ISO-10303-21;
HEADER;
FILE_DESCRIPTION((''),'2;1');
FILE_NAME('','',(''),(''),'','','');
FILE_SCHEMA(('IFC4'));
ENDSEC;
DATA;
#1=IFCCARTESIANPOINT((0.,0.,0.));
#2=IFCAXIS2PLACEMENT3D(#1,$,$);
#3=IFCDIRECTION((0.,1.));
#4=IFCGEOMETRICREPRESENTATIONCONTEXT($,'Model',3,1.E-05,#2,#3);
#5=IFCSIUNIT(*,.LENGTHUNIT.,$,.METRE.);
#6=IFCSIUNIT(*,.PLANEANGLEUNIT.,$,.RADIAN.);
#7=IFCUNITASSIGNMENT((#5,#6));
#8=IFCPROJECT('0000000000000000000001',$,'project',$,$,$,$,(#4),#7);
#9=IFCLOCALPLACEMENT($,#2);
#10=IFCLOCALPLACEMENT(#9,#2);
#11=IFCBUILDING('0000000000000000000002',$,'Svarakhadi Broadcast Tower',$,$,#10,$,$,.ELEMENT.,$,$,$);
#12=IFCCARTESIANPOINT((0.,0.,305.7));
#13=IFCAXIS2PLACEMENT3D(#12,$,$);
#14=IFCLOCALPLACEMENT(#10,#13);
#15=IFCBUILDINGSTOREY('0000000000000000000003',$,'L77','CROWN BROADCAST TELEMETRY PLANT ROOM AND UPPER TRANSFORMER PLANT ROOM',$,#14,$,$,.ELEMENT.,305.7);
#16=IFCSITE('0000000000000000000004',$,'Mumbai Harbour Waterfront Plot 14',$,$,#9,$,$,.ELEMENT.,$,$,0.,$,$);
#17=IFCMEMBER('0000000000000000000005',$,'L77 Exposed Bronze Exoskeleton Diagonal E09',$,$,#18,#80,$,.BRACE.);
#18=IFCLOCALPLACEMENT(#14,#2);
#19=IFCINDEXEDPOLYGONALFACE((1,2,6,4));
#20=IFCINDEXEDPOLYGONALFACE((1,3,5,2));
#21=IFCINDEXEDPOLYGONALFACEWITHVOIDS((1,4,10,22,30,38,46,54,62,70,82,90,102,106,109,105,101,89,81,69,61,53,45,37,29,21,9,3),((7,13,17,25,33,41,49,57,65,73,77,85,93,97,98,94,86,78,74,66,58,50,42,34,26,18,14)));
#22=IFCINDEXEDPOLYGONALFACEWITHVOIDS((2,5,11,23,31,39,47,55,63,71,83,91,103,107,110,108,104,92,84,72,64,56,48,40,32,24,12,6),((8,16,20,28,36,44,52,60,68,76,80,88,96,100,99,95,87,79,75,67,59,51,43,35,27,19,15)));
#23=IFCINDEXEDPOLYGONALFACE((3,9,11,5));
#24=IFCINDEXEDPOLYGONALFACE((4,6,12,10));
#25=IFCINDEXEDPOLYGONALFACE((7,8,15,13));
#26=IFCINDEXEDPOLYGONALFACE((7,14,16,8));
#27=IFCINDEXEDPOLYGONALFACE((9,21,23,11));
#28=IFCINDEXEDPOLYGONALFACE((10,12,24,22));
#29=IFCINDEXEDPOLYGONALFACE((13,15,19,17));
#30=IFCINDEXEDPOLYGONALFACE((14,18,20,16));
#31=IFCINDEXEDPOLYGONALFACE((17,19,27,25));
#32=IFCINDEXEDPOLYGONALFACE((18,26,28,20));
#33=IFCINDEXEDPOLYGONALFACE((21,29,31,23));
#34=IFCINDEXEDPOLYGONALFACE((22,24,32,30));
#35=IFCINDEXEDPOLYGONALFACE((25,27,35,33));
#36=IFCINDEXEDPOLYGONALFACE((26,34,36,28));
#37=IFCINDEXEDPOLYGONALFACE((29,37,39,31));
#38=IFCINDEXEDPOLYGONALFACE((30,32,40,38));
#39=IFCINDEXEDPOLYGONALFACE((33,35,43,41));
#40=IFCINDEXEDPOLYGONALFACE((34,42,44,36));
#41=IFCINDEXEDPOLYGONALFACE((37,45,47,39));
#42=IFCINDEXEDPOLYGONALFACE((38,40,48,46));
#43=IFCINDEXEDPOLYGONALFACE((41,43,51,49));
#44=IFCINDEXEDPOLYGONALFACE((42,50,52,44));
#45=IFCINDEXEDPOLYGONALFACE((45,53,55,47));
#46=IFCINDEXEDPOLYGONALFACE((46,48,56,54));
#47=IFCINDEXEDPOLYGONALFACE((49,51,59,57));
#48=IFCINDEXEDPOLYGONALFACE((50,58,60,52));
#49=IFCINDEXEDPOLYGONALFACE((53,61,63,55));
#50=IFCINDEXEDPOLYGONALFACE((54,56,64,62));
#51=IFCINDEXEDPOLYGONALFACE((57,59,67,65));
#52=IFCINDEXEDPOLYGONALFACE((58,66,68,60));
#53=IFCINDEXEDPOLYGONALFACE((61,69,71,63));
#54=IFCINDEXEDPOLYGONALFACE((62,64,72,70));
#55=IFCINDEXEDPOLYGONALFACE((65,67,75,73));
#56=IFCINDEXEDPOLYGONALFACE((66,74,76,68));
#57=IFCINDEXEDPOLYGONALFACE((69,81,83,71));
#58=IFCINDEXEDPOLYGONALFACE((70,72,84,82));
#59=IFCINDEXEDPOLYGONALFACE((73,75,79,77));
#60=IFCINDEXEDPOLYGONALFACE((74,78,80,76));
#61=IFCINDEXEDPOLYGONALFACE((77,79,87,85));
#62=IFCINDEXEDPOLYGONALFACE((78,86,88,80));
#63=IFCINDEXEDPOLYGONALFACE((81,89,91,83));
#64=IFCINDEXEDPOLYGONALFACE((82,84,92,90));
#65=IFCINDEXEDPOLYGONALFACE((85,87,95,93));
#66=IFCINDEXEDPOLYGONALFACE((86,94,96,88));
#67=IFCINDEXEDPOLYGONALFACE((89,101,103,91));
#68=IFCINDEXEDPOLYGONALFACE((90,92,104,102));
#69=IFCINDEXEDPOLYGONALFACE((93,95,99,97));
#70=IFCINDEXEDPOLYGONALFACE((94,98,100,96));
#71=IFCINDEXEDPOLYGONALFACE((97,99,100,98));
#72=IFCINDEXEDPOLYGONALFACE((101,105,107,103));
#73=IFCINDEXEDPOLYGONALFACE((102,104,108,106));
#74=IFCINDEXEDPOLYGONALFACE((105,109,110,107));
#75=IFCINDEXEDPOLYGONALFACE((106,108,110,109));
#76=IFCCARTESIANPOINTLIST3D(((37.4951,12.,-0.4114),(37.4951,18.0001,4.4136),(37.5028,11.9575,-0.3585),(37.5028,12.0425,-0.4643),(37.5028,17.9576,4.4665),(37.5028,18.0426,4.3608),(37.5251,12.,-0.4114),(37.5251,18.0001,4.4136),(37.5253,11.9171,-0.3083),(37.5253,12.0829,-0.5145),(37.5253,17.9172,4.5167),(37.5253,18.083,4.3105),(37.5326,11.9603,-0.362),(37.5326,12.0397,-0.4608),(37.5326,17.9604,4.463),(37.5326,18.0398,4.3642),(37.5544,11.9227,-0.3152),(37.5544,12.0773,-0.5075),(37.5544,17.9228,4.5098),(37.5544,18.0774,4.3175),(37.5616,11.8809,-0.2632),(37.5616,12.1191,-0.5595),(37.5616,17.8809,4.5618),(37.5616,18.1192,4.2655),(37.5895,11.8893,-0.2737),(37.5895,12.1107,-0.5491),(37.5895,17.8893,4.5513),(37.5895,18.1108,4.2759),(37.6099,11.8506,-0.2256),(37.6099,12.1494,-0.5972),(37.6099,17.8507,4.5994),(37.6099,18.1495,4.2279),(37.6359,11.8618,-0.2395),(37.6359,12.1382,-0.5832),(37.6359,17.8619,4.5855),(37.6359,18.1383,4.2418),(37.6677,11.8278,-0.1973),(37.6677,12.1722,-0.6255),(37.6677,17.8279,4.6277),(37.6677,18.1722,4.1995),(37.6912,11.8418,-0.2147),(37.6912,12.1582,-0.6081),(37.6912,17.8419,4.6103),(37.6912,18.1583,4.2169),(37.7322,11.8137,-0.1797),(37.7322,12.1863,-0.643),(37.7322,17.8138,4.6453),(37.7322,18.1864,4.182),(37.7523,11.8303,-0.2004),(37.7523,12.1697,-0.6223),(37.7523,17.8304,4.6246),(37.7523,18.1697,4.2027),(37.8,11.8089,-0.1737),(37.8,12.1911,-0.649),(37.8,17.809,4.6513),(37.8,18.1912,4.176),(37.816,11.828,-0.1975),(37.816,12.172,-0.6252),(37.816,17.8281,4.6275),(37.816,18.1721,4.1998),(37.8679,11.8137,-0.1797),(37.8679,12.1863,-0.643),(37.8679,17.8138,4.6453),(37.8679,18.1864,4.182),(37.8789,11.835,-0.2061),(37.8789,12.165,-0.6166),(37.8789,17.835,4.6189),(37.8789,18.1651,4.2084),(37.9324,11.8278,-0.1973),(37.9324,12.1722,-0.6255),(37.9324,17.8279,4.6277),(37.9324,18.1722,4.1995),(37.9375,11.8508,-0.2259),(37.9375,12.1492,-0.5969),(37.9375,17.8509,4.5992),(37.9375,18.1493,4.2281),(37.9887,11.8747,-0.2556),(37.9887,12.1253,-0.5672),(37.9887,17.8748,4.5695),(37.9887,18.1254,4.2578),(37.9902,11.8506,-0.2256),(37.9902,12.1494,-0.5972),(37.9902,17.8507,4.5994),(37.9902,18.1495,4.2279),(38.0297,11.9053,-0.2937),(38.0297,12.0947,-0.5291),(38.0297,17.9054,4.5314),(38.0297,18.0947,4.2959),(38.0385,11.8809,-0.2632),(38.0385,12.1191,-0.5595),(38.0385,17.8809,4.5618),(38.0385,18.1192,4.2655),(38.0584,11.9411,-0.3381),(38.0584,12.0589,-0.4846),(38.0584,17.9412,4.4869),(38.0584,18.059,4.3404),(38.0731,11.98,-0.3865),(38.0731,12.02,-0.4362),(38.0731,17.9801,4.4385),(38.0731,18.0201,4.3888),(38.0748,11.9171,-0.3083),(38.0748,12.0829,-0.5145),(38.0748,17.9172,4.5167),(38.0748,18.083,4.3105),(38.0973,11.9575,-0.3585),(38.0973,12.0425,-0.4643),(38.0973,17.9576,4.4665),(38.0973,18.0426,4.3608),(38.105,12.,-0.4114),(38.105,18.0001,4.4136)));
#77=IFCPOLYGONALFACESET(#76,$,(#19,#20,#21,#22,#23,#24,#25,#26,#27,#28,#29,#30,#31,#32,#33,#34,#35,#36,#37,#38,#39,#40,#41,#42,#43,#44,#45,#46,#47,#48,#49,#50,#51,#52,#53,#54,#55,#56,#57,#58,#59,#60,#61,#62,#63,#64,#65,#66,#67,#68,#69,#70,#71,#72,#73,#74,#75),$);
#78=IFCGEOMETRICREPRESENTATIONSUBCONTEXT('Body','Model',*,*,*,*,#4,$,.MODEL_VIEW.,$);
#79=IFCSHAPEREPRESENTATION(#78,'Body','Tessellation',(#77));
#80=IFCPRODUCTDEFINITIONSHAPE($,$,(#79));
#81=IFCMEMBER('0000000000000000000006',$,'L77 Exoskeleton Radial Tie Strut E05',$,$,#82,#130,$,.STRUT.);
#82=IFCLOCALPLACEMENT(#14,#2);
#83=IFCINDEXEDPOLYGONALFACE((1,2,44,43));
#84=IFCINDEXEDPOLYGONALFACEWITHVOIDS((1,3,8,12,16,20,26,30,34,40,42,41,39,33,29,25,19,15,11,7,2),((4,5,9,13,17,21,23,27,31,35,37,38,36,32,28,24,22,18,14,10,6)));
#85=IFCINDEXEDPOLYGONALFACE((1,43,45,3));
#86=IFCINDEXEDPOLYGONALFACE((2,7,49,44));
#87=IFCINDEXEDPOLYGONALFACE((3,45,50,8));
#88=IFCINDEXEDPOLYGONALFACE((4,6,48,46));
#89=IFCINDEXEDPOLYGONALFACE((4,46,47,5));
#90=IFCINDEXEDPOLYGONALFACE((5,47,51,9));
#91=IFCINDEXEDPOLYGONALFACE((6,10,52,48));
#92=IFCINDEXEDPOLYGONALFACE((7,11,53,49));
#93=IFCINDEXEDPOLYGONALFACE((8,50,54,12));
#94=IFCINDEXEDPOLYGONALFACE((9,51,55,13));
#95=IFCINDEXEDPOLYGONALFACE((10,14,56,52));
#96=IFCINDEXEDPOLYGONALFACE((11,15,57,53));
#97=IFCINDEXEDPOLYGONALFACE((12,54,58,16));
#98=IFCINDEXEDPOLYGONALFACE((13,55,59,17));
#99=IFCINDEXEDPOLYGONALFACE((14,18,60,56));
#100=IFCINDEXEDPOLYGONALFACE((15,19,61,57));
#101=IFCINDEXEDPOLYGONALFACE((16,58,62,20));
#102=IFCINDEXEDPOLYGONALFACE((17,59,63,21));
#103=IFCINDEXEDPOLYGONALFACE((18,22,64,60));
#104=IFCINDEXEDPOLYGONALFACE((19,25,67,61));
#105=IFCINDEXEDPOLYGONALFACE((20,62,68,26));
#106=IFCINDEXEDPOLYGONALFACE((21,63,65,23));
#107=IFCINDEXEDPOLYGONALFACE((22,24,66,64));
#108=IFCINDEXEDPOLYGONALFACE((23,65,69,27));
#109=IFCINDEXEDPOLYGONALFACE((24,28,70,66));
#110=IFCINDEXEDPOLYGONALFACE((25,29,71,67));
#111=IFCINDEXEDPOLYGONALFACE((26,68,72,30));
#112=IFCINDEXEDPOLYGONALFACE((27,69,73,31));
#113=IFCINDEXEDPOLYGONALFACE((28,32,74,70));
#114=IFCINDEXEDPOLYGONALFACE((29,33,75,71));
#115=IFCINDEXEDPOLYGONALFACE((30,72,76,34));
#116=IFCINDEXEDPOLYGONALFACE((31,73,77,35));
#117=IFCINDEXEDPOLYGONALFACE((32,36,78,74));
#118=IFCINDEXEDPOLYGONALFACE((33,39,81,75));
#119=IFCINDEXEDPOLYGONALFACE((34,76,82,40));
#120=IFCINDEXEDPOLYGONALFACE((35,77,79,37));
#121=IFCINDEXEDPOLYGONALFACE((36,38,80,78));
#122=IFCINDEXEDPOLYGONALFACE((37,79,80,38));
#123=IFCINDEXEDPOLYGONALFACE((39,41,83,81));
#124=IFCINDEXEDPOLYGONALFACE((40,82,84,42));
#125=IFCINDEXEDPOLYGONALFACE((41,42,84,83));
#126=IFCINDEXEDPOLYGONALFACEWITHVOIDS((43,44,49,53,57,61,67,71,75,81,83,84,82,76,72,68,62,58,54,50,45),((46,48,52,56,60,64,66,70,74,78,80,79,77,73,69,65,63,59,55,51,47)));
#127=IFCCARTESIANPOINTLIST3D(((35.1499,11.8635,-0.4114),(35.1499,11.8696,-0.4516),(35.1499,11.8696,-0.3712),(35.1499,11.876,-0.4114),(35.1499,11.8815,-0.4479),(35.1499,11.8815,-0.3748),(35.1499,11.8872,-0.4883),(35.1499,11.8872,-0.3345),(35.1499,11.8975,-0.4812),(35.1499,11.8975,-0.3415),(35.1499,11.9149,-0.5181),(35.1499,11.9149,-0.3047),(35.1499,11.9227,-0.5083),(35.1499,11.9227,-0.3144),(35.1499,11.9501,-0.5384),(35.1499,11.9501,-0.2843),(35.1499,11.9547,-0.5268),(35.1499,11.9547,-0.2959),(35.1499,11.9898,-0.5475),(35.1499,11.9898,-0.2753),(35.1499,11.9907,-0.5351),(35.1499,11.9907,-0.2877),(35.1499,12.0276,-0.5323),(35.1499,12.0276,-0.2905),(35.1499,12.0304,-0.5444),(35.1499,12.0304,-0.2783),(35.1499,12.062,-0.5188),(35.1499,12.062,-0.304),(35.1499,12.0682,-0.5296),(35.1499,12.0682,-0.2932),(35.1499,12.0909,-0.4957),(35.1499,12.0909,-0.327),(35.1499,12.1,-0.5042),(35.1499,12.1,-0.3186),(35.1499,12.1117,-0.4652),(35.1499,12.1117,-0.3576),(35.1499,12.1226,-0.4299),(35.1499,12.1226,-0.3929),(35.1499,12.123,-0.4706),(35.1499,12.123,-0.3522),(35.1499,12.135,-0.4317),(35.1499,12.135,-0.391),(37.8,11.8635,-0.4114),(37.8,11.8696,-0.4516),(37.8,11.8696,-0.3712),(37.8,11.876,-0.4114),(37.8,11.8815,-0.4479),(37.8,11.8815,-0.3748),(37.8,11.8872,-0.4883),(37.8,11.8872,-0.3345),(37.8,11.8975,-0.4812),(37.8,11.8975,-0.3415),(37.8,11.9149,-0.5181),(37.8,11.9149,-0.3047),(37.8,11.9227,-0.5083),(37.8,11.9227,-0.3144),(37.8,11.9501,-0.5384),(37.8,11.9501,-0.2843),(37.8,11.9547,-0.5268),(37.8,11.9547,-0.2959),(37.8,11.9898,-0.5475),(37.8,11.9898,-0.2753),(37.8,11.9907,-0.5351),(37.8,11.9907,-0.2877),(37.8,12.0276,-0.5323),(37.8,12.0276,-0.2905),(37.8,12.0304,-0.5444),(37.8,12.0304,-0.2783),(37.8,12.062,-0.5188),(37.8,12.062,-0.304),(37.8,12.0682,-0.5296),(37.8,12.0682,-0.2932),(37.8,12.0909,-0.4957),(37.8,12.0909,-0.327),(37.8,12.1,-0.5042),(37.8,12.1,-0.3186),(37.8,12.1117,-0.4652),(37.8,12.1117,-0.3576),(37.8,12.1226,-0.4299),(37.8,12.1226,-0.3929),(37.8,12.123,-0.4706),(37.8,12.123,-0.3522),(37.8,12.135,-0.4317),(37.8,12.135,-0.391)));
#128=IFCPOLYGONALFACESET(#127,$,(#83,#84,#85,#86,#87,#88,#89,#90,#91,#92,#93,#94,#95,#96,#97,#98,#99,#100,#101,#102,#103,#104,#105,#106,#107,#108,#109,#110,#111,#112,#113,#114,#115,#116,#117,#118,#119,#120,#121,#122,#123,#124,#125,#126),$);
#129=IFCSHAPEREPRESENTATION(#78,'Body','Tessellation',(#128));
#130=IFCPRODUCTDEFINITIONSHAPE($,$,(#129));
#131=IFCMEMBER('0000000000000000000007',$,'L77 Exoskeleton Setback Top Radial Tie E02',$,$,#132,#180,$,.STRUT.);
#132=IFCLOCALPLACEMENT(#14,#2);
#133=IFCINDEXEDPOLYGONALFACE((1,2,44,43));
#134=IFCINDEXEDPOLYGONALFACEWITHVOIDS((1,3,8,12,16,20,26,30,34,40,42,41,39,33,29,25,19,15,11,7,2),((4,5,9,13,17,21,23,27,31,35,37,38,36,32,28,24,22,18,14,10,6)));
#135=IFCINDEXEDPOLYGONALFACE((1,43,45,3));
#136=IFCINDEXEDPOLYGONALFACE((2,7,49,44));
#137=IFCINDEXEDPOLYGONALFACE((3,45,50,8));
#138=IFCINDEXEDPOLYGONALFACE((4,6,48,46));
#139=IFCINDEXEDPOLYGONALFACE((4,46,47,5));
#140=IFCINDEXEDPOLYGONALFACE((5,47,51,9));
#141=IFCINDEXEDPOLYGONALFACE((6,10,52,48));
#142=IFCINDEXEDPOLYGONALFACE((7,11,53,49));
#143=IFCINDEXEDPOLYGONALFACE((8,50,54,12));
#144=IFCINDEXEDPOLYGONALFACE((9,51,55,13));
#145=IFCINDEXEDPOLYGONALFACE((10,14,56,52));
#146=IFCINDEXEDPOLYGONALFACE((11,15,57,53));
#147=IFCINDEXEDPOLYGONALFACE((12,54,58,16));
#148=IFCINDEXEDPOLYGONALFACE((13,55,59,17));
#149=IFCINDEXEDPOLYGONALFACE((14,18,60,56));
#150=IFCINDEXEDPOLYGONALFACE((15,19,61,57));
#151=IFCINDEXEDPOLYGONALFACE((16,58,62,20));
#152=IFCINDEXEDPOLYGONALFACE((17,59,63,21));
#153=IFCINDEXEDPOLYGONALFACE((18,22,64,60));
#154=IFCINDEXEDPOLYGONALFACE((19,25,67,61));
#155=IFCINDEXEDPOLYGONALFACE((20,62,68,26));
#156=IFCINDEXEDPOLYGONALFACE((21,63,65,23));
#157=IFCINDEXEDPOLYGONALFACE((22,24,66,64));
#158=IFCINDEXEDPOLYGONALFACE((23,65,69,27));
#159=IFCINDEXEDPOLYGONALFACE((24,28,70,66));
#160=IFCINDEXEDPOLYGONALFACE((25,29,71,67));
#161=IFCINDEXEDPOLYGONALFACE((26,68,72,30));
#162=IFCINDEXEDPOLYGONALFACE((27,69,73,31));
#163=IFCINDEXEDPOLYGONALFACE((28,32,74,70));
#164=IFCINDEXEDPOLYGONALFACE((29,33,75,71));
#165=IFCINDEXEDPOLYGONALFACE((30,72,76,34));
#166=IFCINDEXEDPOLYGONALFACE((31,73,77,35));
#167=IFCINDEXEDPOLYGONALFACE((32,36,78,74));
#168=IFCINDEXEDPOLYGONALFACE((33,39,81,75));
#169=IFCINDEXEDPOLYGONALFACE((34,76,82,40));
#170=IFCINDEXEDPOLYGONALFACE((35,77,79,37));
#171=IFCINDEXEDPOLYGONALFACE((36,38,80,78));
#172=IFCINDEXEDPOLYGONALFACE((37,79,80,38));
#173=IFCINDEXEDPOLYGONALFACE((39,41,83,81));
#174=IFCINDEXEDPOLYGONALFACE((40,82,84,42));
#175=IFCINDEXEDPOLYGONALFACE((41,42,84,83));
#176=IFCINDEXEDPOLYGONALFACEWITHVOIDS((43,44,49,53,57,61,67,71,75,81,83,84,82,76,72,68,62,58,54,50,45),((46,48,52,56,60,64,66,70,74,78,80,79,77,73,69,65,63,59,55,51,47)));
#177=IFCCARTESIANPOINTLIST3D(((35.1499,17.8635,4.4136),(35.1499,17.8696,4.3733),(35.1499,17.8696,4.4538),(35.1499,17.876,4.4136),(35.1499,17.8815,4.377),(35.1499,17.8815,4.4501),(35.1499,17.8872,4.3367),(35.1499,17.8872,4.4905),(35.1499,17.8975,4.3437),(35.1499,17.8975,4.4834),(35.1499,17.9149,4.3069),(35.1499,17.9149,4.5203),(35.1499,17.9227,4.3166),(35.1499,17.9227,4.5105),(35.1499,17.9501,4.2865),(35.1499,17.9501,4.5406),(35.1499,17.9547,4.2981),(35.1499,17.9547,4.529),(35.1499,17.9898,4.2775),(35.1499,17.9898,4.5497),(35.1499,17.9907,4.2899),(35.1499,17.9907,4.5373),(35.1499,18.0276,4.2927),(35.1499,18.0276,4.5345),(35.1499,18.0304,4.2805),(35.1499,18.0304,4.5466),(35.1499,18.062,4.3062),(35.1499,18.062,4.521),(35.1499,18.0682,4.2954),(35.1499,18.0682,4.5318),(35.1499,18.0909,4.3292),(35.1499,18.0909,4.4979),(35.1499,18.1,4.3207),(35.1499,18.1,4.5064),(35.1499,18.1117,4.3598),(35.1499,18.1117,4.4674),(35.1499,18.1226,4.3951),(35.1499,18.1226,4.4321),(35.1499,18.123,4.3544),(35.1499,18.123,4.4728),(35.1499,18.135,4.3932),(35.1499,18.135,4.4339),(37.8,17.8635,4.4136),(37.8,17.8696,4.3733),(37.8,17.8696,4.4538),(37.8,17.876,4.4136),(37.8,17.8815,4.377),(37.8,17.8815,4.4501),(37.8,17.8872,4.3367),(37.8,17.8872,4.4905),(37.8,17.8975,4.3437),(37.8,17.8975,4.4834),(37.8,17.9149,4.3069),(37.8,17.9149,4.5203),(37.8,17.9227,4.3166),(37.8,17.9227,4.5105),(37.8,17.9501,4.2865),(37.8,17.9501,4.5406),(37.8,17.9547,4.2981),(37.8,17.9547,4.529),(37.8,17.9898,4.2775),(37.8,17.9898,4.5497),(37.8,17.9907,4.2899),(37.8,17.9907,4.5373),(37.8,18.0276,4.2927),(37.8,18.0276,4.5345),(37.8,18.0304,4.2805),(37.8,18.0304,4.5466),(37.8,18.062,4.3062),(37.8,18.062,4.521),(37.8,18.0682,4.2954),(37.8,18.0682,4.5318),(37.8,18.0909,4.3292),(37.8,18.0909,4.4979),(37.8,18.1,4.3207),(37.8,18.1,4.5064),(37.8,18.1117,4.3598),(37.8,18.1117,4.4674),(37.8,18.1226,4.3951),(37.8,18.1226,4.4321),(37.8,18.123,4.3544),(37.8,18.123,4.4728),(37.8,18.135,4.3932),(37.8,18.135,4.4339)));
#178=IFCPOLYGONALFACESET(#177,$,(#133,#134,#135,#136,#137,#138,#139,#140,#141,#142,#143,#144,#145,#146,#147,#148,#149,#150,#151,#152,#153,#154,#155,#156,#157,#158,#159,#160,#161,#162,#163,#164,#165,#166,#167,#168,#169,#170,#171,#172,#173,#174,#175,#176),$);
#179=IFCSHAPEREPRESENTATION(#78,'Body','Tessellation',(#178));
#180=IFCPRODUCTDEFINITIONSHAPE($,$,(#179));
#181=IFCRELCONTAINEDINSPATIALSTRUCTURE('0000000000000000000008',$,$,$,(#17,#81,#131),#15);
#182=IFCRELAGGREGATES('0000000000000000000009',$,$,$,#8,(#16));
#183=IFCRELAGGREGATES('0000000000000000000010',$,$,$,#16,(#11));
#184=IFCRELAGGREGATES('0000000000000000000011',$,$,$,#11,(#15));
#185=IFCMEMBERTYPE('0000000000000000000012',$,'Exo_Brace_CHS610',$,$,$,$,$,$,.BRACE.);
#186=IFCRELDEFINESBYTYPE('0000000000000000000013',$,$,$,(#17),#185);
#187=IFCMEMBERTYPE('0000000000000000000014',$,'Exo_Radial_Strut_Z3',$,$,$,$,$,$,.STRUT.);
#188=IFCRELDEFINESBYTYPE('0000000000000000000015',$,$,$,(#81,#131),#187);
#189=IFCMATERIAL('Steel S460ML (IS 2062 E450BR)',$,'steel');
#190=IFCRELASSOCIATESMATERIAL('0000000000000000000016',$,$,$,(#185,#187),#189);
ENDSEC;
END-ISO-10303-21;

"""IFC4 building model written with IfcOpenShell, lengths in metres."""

from ifc_helpers import new_model, si_unit, direction, frame, origin, origin_2d, place, context, subcontext, project, spatial, hollow_circle, extrude, material, material_profile, profile_set, type_object, element, save


model = new_model("IFC4")

# Units and contexts
model_context = context("Model", 3, precision=1e-05, world=origin(), true_north=direction((0.0, 1.0)))
body_context = subcontext(model_context, "Body", "Model", "MODEL_VIEW")
ifc_project = project(units=[si_unit("LENGTHUNIT", "METRE"), si_unit("PLANEANGLEUNIT", "RADIAN")], contexts=[model_context])

# Site, building, storey
site_placement = place(None, origin())
site = spatial("IfcSite", under=ifc_project, at=site_placement, Name="Mumbai Harbour Waterfront Plot 14", CompositionType="ELEMENT", RefElevation=0.0)
building_placement = place(site_placement, origin())
building = spatial("IfcBuilding", under=site, at=building_placement, Name="Svarakhadi Broadcast Tower", CompositionType="ELEMENT")
storey_placement = place(building_placement, frame((0.0, 0.0, 305.7)))
storey = spatial("IfcBuildingStorey", under=building, at=storey_placement, Name="L77", Description="CROWN BROADCAST TELEMETRY PLANT ROOM AND UPPER TRANSFORMER PLANT ROOM", CompositionType="ELEMENT", Elevation=305.7)

# Shared definitions
ifc_material_1 = material(Name="Steel S460ML (IS 2062 E450BR)", Category="steel")

# Members
ifc_material_profile_1 = material_profile(ifc_material_1, hollow_circle(Radius=0.3049, WallThickness=0.03, at=origin_2d()), Name="CHS 610x30")
ifc_profile_set_1 = profile_set([ifc_material_profile_1], Name="Steel S460ML (IS 2062 E450BR)")
member_type_1 = type_object("IfcMemberType", Name="Exo_Brace_CHS610", PredefinedType="BRACE", material=ifc_profile_set_1)
for number, where, z_axis, x_axis, name in (
    (1, (37.8, 12.0, -0.4114), (0.0, 0.779285, 0.626669), (-1.0, 0.0, 0.0), "L77 Exposed Bronze Exoskeleton Diagonal E09"),
):
    element("IfcMember", number, at=place(storey_placement, frame(where, z_axis=z_axis, x_axis=x_axis)), inside=storey, type_object=member_type_1, Name=name, PredefinedType="BRACE", context=body_context, shape_type="SweptSolid", body=[
        extrude(hollow_circle(Radius=0.3049, WallThickness=0.03, at=origin_2d()), origin(), (0.0, 0.0, 1.0), 7.6995),
    ])
ifc_material_profile_2 = material_profile(ifc_material_1, hollow_circle(Radius=0.1365, WallThickness=0.0125, at=origin_2d()), Name="CHS 273x12.5")
ifc_profile_set_2 = profile_set([ifc_material_profile_2], Name="Steel S460ML (IS 2062 E450BR)")
member_type_2 = type_object("IfcMemberType", Name="Exo_Radial_Strut_Z3", PredefinedType="STRUT", material=ifc_profile_set_2)
for number, where, z_axis, x_axis, name in (
    (2, (37.8, 12.0, -0.4114), (-1.0, 0.0, 0.0), (0.0, -1.0, 0.0), "L77 Exoskeleton Radial Tie Strut E05"),
    (3, (37.8, 18.0, 4.4136), (-1.0, 0.0, 0.0), (0.0, -1.0, 0.0), "L77 Exoskeleton Setback Top Radial Tie E02"),
):
    element("IfcMember", number, at=place(storey_placement, frame(where, z_axis=z_axis, x_axis=x_axis)), inside=storey, type_object=member_type_2, Name=name, PredefinedType="STRUT", context=body_context, shape_type="SweptSolid", body=[
        extrude(hollow_circle(Radius=0.1365, WallThickness=0.0125, at=origin_2d()), origin(), (0.0, 0.0, 1.0), 2.6501),
    ])

save(model, "model.ifc")
